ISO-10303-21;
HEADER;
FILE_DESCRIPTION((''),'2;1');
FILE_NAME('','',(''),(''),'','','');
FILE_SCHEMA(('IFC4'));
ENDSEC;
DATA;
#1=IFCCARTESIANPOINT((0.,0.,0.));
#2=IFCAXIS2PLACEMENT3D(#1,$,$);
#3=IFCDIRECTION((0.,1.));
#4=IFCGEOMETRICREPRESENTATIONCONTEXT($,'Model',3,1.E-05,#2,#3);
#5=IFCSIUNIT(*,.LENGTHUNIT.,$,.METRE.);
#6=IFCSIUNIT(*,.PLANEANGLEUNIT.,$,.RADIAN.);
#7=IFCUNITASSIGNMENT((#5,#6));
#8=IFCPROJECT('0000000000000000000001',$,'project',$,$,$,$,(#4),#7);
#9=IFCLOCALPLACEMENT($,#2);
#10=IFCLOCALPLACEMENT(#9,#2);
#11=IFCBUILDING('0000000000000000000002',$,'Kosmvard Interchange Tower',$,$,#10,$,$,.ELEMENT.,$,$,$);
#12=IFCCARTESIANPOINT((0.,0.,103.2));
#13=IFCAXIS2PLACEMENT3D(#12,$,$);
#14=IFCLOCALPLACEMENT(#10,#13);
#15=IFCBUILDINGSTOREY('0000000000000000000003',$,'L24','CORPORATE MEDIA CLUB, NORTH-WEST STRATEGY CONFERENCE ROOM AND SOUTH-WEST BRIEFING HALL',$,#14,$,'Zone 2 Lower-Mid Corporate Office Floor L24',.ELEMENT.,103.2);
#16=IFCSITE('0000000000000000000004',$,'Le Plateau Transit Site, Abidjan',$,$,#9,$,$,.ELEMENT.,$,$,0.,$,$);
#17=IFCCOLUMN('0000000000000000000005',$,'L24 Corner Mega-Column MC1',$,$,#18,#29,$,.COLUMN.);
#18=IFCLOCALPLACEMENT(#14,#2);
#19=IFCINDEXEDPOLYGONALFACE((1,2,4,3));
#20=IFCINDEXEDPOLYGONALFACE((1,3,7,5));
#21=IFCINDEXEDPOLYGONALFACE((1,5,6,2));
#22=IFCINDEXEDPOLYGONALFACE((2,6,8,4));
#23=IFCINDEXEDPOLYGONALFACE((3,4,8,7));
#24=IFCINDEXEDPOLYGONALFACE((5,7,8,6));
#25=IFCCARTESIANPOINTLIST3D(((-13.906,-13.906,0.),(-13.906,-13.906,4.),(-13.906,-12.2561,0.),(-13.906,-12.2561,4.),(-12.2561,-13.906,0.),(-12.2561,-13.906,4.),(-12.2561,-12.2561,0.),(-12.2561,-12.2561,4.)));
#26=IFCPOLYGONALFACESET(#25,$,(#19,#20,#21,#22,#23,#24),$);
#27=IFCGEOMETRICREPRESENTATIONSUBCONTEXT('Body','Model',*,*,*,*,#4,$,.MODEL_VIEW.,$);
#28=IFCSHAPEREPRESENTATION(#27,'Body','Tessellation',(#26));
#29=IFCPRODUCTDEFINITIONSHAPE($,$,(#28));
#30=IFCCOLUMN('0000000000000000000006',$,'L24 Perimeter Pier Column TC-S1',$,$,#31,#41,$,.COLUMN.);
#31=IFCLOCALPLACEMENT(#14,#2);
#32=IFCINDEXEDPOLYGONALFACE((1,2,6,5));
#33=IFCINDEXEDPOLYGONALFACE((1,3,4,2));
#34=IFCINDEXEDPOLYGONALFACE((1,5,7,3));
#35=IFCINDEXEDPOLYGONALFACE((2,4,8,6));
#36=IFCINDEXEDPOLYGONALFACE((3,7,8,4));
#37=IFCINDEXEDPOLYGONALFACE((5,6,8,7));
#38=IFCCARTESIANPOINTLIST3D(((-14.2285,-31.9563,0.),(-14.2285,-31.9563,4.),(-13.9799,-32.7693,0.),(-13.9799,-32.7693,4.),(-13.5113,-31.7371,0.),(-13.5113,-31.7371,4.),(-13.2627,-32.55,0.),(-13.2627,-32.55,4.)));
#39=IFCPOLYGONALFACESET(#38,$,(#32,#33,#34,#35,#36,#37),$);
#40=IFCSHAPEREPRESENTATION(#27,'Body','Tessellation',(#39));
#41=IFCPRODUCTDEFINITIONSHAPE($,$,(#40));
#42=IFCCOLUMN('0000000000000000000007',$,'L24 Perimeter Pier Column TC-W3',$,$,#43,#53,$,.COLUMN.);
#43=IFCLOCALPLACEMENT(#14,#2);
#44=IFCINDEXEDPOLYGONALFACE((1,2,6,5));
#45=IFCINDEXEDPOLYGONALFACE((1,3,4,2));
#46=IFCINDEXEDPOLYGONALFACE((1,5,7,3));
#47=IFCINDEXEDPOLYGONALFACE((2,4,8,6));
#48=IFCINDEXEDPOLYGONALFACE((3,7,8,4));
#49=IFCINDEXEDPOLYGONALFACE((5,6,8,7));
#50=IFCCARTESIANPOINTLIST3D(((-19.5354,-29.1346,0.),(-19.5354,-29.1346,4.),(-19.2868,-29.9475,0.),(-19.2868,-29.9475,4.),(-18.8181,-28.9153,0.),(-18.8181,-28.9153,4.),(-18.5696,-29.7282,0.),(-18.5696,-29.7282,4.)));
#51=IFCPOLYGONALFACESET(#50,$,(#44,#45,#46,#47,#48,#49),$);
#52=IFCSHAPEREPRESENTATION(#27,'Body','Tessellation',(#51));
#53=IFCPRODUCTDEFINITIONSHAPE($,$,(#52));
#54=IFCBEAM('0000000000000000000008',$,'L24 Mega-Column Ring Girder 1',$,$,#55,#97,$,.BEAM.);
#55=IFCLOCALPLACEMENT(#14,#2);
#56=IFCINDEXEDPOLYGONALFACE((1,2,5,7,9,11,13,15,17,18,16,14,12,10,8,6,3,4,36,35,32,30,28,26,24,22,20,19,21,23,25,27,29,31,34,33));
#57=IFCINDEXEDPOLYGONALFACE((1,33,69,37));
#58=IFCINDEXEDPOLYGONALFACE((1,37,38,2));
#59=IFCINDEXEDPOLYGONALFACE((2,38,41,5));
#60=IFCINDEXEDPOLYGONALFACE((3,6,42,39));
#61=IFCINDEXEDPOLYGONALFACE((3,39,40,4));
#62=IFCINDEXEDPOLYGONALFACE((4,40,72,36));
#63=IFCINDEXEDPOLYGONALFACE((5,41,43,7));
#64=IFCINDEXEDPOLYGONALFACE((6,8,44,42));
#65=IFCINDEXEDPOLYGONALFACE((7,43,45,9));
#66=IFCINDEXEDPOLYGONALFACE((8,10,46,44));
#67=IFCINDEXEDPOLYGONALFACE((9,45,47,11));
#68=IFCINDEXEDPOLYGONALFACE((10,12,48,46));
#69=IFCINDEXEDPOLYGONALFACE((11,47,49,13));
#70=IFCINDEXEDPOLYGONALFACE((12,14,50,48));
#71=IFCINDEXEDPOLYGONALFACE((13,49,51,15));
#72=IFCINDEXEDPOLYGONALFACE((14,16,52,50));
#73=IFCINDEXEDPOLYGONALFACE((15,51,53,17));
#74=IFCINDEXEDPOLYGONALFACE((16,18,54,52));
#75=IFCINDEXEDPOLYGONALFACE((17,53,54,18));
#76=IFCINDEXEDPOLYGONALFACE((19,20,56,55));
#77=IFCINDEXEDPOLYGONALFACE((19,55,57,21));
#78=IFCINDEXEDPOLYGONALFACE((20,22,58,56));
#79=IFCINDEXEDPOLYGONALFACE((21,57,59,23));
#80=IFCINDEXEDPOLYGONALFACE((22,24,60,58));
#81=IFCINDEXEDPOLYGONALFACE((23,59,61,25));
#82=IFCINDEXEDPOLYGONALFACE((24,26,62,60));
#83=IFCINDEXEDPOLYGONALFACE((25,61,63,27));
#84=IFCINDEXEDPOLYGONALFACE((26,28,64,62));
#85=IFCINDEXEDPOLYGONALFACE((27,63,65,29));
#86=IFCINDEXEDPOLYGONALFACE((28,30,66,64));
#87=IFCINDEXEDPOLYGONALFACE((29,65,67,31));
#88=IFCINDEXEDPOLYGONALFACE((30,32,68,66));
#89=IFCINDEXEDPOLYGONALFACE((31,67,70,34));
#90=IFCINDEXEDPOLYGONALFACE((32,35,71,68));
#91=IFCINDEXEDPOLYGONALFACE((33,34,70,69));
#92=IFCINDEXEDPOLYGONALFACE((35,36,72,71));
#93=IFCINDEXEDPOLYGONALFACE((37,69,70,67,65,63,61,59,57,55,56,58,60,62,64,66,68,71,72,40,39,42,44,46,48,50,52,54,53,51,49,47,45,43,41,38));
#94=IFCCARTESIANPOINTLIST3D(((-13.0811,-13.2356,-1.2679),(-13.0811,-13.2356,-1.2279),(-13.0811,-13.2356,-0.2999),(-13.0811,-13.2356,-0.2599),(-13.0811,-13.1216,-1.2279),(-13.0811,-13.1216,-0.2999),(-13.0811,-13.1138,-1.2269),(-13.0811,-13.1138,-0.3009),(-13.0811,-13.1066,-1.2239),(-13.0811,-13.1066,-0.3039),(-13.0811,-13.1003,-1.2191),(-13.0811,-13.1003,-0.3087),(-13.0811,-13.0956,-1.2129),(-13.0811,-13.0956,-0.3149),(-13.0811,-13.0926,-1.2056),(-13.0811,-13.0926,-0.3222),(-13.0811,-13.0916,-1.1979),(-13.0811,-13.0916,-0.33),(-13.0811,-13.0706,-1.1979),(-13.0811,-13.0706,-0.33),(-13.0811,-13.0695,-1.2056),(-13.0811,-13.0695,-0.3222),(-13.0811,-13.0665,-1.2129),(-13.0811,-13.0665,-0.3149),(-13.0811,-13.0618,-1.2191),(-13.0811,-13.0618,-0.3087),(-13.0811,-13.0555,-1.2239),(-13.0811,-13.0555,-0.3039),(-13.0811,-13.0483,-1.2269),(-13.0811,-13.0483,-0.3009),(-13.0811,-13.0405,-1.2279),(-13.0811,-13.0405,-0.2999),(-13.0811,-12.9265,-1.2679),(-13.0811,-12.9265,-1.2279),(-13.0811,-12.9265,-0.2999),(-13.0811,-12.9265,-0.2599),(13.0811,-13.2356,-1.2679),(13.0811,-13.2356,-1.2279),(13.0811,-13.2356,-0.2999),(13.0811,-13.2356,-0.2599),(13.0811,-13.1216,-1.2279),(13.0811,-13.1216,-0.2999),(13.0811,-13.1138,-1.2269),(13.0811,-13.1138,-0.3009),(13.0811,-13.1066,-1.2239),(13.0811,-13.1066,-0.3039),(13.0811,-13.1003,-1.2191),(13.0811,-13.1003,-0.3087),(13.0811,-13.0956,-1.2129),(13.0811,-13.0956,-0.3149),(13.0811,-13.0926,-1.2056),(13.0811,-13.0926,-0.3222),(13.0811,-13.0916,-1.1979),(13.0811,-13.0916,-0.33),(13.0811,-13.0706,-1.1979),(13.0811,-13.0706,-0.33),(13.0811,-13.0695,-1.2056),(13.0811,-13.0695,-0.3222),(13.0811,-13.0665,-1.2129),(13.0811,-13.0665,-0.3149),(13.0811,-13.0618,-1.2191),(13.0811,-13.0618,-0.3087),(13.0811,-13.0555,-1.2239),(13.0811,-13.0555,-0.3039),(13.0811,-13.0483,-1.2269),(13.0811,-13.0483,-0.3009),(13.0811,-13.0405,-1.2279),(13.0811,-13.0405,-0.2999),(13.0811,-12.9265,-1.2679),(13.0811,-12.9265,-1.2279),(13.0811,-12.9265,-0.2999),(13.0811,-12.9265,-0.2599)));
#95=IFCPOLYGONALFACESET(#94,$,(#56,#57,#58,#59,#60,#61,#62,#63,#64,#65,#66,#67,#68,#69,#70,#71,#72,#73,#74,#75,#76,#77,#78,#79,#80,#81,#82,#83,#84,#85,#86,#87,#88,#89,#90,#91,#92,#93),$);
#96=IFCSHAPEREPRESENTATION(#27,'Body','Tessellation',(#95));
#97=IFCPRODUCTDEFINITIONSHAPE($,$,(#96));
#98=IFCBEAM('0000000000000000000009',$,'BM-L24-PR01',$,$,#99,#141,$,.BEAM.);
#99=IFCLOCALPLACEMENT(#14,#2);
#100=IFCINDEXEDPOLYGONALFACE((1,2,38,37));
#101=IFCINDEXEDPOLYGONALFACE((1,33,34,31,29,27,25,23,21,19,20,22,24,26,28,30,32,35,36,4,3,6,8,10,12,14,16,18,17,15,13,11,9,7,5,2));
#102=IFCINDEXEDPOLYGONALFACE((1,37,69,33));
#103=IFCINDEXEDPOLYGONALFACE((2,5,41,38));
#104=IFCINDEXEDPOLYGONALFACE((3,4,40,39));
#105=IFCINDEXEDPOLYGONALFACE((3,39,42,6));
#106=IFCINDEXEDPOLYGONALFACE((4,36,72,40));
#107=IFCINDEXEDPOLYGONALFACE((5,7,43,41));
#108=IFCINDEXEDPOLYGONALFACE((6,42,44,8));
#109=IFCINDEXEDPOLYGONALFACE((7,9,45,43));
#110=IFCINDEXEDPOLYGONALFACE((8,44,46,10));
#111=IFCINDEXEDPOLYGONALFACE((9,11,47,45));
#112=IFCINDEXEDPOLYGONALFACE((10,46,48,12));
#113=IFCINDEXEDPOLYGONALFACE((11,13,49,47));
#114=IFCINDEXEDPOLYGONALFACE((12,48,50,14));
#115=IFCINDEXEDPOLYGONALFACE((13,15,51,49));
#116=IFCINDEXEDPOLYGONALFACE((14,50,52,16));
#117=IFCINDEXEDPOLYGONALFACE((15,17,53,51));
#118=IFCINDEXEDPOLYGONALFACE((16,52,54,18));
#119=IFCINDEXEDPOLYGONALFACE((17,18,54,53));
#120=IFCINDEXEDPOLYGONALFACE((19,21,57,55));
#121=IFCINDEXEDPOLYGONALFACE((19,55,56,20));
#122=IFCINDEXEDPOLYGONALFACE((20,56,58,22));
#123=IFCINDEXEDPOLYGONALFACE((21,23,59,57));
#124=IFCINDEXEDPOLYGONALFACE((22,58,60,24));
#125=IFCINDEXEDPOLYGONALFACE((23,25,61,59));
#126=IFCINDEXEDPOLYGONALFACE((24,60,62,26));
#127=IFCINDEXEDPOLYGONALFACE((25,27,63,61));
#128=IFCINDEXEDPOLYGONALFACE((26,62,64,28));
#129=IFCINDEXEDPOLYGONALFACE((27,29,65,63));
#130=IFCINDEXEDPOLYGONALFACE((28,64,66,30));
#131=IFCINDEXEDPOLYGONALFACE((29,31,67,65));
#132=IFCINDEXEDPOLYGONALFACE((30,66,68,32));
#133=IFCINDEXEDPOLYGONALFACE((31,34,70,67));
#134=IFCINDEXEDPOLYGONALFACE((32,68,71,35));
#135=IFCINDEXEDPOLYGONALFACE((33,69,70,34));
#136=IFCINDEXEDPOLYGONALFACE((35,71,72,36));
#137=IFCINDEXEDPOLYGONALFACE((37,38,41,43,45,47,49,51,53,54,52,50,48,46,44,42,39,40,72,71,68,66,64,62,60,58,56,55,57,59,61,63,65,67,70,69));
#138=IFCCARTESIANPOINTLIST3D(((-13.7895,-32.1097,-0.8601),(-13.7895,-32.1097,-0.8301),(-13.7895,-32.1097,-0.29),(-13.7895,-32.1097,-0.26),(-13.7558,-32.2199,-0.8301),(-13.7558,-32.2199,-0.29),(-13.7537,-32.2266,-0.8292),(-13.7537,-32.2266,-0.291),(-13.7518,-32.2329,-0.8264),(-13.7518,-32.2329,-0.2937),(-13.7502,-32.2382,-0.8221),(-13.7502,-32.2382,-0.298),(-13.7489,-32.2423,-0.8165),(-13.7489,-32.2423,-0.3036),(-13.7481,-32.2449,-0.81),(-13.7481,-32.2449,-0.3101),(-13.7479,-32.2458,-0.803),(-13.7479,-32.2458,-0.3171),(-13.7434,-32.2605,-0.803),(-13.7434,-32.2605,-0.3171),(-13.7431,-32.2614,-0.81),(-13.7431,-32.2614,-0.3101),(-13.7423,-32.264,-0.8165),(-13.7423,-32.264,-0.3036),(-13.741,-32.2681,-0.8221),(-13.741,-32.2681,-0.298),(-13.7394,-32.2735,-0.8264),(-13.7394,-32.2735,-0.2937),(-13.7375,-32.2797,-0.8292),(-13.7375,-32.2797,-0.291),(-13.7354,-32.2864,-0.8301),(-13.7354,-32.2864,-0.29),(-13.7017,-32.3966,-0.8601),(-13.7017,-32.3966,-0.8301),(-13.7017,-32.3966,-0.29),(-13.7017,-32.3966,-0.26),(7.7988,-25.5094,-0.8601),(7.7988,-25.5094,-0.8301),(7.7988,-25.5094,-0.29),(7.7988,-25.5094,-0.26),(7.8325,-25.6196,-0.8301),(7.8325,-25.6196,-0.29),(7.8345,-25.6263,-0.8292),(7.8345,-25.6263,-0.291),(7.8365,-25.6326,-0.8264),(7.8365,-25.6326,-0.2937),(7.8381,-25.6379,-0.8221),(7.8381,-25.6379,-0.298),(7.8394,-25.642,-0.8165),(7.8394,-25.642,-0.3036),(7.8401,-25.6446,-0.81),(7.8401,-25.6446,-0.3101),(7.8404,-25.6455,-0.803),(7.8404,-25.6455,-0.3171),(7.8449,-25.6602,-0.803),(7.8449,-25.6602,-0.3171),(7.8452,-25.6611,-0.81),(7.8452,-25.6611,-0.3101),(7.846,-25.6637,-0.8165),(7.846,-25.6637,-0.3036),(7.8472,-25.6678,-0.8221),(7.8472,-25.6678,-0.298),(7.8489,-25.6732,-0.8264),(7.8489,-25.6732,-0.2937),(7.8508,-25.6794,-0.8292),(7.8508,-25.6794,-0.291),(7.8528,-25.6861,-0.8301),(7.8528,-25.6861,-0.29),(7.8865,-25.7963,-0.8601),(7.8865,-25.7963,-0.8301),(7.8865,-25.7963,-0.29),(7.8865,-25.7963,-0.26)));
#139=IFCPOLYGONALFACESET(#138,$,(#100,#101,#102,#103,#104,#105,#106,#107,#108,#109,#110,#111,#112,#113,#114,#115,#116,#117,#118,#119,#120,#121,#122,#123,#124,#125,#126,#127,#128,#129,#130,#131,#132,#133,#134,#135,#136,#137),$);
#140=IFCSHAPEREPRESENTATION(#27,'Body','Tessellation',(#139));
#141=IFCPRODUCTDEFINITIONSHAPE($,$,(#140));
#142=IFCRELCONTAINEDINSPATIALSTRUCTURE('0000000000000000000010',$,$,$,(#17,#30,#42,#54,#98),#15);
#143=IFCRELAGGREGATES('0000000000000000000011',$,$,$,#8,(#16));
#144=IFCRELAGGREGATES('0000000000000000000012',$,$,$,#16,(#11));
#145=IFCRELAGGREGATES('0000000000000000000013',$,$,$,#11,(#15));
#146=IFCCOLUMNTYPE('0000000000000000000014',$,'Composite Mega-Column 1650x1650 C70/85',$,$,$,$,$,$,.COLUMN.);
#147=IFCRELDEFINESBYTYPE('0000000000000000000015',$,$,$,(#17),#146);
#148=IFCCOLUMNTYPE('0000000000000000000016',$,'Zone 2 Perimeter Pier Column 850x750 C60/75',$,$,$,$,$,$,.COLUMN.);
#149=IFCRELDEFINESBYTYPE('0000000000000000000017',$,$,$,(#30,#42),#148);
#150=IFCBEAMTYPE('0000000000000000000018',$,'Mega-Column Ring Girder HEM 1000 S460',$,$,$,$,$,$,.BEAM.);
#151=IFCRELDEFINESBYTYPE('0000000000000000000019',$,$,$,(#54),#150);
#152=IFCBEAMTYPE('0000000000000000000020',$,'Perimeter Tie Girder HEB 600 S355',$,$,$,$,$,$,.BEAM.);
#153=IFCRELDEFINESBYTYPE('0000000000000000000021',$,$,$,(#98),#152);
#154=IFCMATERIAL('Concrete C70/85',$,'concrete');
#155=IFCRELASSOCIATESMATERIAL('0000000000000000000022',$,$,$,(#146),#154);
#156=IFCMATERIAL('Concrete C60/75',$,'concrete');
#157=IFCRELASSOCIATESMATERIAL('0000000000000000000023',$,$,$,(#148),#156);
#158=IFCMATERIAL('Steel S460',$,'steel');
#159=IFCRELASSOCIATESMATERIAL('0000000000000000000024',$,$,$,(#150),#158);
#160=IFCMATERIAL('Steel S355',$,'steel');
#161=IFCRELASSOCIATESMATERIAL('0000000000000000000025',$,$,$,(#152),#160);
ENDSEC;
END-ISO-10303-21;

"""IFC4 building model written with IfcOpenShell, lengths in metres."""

from ifc_helpers import new_model, si_unit, direction, frame, origin, origin_2d, place, context, subcontext, project, spatial, rectangle, i_section, extrude, source, transform, mapped, material, material_profile, profile_set, type_object, element, save


model = new_model("IFC4")

# Units and contexts
model_context = context("Model", 3, precision=1e-05, world=origin(), true_north=direction((0.0, 1.0)))
body_context = subcontext(model_context, "Body", "Model", "MODEL_VIEW")
ifc_project = project(units=[si_unit("LENGTHUNIT", "METRE"), si_unit("PLANEANGLEUNIT", "RADIAN")], contexts=[model_context])

# Site, building, storey
site_placement = place(None, origin())
site = spatial("IfcSite", under=ifc_project, at=site_placement, Name="Le Plateau Transit Site, Abidjan", CompositionType="ELEMENT", RefElevation=0.0)
building_placement = place(site_placement, origin())
building = spatial("IfcBuilding", under=site, at=building_placement, Name="Kosmvard Interchange Tower", CompositionType="ELEMENT")
storey_placement = place(building_placement, frame((0.0, 0.0, 103.2)))
storey = spatial("IfcBuildingStorey", under=building, at=storey_placement, Name="L24", Description="CORPORATE MEDIA CLUB, NORTH-WEST STRATEGY CONFERENCE ROOM AND SOUTH-WEST BRIEFING HALL", LongName="Zone 2 Lower-Mid Corporate Office Floor L24", CompositionType="ELEMENT", Elevation=103.2)

# Columns
ifc_material_1 = material(Name="Concrete C70/85", Category="concrete")
ifc_material_profile_1 = material_profile(ifc_material_1, rectangle(XDim=1.6499, YDim=1.6499, at=origin_2d()), Name="MC 1650x1650")
ifc_profile_set_1 = profile_set([ifc_material_profile_1], Name="Concrete C70/85")
column_type_1 = type_object("IfcColumnType", Name="Composite Mega-Column 1650x1650 C70/85", PredefinedType="COLUMN", material=ifc_profile_set_1)
shared_shape_1 = source(origin(), body_context, "Body", "SweptSolid", [
    extrude(rectangle(XDim=1.6499, YDim=1.6499, at=origin_2d()), origin(), (0.0, 0.0, 1.0), 4.0),
])
column_placement = place(storey_placement, frame((-13.0811, -13.0811, 0.0), z_axis=(0.0, 0.0, 1.0), x_axis=(1.0, 0.0, 0.0)))
element("IfcColumn", 1, at=column_placement, inside=storey, type_object=column_type_1, Name="L24 Corner Mega-Column MC1", PredefinedType="COLUMN", context=body_context, shape_type="MappedRepresentation", body=[
    mapped(shared_shape_1, transform((0.0, 0.0, 0.0), scale=1.0)),
])
ifc_material_2 = material(Name="Concrete C60/75", Category="concrete")
ifc_material_profile_2 = material_profile(ifc_material_2, rectangle(XDim=0.75, YDim=0.8501, at=origin_2d()), Name="TC 850x750")
ifc_profile_set_2 = profile_set([ifc_material_profile_2], Name="Concrete C60/75")
column_type_2 = type_object("IfcColumnType", Name="Zone 2 Perimeter Pier Column 850x750 C60/75", PredefinedType="COLUMN", material=ifc_profile_set_2)
shared_shape_2 = source(origin(), body_context, "Body", "SweptSolid", [
    extrude(rectangle(XDim=0.75, YDim=0.8501, at=origin_2d()), origin(), (0.0, 0.0, 1.0), 4.0),
])
for number, where, z_axis, x_axis, name in (
    (2, (-13.7456, -32.2532, 0.0), (0.0, 0.0, 1.0), (0.956305, 0.292372, 0.0), "L24 Perimeter Pier Column TC-S1"),
    (3, (-19.0525, -29.4314, 0.0), (0.0, 0.0, 1.0), (0.956305, 0.292372, 0.0), "L24 Perimeter Pier Column TC-W3"),
):
    element("IfcColumn", number, at=place(storey_placement, frame(where, z_axis=z_axis, x_axis=x_axis)), inside=storey, type_object=column_type_2, Name=name, PredefinedType="COLUMN", context=body_context, shape_type="MappedRepresentation", body=[
        mapped(shared_shape_2, transform((0.0, 0.0, 0.0), scale=1.0)),
    ])

# Beams
ifc_material_3 = material(Name="Steel S460", Category="steel")
ifc_material_profile_3 = material_profile(ifc_material_3, i_section(OverallWidth=0.3091, OverallDepth=1.0081, WebThickness=0.021, FlangeThickness=0.04, FilletRadius=0.03, at=origin_2d()), Name="HEM 1000")
ifc_profile_set_3 = profile_set([ifc_material_profile_3], Name="Steel S460")
beam_type_1 = type_object("IfcBeamType", Name="Mega-Column Ring Girder HEM 1000 S460", PredefinedType="BEAM", material=ifc_profile_set_3)
shared_shape_3 = source(origin(), body_context, "Body", "SweptSolid", [
    extrude(i_section(OverallWidth=0.3091, OverallDepth=1.0081, WebThickness=0.021, FlangeThickness=0.04, FilletRadius=0.03, at=origin_2d()), origin(), (0.0, 0.0, 1.0), 26.1621),
])
beam_1_placement = place(storey_placement, frame((-13.0811, -13.0811, -0.7639), z_axis=(1.0, 0.0, 0.0), x_axis=(0.0, 1.0, 0.0)))
element("IfcBeam", 4, at=beam_1_placement, inside=storey, type_object=beam_type_1, Name="L24 Mega-Column Ring Girder 1", PredefinedType="BEAM", context=body_context, shape_type="MappedRepresentation", body=[
    mapped(shared_shape_3, transform((0.0, 0.0, 0.0), scale=1.0)),
])
ifc_material_4 = material(Name="Steel S355", Category="steel")
ifc_material_profile_4 = material_profile(ifc_material_4, i_section(OverallWidth=0.3, OverallDepth=0.6001, WebThickness=0.0154, FlangeThickness=0.03, FilletRadius=0.0271, at=origin_2d()), Name="HEB 600")
ifc_profile_set_4 = profile_set([ifc_material_profile_4], Name="Steel S355")
beam_type_2 = type_object("IfcBeamType", Name="Perimeter Tie Girder HEB 600 S355", PredefinedType="BEAM", material=ifc_profile_set_4)
shared_shape_4 = source(origin(), body_context, "Body", "SweptSolid", [
    extrude(i_section(OverallWidth=0.3, OverallDepth=0.6001, WebThickness=0.0154, FlangeThickness=0.03, FilletRadius=0.0271, at=origin_2d()), origin(), (0.0, 0.0, 1.0), 22.5747),
])
beam_2_placement = place(storey_placement, frame((-13.7456, -32.2532, -0.5601), z_axis=(0.956303, 0.292376, 0.0), x_axis=(-0.292376, 0.956303, 0.0)))
element("IfcBeam", 5, at=beam_2_placement, inside=storey, type_object=beam_type_2, Name="BM-L24-PR01", PredefinedType="BEAM", context=body_context, shape_type="MappedRepresentation", body=[
    mapped(shared_shape_4, transform((0.0, 0.0, 0.0), scale=1.0)),
])

save(model, "model.ifc")
